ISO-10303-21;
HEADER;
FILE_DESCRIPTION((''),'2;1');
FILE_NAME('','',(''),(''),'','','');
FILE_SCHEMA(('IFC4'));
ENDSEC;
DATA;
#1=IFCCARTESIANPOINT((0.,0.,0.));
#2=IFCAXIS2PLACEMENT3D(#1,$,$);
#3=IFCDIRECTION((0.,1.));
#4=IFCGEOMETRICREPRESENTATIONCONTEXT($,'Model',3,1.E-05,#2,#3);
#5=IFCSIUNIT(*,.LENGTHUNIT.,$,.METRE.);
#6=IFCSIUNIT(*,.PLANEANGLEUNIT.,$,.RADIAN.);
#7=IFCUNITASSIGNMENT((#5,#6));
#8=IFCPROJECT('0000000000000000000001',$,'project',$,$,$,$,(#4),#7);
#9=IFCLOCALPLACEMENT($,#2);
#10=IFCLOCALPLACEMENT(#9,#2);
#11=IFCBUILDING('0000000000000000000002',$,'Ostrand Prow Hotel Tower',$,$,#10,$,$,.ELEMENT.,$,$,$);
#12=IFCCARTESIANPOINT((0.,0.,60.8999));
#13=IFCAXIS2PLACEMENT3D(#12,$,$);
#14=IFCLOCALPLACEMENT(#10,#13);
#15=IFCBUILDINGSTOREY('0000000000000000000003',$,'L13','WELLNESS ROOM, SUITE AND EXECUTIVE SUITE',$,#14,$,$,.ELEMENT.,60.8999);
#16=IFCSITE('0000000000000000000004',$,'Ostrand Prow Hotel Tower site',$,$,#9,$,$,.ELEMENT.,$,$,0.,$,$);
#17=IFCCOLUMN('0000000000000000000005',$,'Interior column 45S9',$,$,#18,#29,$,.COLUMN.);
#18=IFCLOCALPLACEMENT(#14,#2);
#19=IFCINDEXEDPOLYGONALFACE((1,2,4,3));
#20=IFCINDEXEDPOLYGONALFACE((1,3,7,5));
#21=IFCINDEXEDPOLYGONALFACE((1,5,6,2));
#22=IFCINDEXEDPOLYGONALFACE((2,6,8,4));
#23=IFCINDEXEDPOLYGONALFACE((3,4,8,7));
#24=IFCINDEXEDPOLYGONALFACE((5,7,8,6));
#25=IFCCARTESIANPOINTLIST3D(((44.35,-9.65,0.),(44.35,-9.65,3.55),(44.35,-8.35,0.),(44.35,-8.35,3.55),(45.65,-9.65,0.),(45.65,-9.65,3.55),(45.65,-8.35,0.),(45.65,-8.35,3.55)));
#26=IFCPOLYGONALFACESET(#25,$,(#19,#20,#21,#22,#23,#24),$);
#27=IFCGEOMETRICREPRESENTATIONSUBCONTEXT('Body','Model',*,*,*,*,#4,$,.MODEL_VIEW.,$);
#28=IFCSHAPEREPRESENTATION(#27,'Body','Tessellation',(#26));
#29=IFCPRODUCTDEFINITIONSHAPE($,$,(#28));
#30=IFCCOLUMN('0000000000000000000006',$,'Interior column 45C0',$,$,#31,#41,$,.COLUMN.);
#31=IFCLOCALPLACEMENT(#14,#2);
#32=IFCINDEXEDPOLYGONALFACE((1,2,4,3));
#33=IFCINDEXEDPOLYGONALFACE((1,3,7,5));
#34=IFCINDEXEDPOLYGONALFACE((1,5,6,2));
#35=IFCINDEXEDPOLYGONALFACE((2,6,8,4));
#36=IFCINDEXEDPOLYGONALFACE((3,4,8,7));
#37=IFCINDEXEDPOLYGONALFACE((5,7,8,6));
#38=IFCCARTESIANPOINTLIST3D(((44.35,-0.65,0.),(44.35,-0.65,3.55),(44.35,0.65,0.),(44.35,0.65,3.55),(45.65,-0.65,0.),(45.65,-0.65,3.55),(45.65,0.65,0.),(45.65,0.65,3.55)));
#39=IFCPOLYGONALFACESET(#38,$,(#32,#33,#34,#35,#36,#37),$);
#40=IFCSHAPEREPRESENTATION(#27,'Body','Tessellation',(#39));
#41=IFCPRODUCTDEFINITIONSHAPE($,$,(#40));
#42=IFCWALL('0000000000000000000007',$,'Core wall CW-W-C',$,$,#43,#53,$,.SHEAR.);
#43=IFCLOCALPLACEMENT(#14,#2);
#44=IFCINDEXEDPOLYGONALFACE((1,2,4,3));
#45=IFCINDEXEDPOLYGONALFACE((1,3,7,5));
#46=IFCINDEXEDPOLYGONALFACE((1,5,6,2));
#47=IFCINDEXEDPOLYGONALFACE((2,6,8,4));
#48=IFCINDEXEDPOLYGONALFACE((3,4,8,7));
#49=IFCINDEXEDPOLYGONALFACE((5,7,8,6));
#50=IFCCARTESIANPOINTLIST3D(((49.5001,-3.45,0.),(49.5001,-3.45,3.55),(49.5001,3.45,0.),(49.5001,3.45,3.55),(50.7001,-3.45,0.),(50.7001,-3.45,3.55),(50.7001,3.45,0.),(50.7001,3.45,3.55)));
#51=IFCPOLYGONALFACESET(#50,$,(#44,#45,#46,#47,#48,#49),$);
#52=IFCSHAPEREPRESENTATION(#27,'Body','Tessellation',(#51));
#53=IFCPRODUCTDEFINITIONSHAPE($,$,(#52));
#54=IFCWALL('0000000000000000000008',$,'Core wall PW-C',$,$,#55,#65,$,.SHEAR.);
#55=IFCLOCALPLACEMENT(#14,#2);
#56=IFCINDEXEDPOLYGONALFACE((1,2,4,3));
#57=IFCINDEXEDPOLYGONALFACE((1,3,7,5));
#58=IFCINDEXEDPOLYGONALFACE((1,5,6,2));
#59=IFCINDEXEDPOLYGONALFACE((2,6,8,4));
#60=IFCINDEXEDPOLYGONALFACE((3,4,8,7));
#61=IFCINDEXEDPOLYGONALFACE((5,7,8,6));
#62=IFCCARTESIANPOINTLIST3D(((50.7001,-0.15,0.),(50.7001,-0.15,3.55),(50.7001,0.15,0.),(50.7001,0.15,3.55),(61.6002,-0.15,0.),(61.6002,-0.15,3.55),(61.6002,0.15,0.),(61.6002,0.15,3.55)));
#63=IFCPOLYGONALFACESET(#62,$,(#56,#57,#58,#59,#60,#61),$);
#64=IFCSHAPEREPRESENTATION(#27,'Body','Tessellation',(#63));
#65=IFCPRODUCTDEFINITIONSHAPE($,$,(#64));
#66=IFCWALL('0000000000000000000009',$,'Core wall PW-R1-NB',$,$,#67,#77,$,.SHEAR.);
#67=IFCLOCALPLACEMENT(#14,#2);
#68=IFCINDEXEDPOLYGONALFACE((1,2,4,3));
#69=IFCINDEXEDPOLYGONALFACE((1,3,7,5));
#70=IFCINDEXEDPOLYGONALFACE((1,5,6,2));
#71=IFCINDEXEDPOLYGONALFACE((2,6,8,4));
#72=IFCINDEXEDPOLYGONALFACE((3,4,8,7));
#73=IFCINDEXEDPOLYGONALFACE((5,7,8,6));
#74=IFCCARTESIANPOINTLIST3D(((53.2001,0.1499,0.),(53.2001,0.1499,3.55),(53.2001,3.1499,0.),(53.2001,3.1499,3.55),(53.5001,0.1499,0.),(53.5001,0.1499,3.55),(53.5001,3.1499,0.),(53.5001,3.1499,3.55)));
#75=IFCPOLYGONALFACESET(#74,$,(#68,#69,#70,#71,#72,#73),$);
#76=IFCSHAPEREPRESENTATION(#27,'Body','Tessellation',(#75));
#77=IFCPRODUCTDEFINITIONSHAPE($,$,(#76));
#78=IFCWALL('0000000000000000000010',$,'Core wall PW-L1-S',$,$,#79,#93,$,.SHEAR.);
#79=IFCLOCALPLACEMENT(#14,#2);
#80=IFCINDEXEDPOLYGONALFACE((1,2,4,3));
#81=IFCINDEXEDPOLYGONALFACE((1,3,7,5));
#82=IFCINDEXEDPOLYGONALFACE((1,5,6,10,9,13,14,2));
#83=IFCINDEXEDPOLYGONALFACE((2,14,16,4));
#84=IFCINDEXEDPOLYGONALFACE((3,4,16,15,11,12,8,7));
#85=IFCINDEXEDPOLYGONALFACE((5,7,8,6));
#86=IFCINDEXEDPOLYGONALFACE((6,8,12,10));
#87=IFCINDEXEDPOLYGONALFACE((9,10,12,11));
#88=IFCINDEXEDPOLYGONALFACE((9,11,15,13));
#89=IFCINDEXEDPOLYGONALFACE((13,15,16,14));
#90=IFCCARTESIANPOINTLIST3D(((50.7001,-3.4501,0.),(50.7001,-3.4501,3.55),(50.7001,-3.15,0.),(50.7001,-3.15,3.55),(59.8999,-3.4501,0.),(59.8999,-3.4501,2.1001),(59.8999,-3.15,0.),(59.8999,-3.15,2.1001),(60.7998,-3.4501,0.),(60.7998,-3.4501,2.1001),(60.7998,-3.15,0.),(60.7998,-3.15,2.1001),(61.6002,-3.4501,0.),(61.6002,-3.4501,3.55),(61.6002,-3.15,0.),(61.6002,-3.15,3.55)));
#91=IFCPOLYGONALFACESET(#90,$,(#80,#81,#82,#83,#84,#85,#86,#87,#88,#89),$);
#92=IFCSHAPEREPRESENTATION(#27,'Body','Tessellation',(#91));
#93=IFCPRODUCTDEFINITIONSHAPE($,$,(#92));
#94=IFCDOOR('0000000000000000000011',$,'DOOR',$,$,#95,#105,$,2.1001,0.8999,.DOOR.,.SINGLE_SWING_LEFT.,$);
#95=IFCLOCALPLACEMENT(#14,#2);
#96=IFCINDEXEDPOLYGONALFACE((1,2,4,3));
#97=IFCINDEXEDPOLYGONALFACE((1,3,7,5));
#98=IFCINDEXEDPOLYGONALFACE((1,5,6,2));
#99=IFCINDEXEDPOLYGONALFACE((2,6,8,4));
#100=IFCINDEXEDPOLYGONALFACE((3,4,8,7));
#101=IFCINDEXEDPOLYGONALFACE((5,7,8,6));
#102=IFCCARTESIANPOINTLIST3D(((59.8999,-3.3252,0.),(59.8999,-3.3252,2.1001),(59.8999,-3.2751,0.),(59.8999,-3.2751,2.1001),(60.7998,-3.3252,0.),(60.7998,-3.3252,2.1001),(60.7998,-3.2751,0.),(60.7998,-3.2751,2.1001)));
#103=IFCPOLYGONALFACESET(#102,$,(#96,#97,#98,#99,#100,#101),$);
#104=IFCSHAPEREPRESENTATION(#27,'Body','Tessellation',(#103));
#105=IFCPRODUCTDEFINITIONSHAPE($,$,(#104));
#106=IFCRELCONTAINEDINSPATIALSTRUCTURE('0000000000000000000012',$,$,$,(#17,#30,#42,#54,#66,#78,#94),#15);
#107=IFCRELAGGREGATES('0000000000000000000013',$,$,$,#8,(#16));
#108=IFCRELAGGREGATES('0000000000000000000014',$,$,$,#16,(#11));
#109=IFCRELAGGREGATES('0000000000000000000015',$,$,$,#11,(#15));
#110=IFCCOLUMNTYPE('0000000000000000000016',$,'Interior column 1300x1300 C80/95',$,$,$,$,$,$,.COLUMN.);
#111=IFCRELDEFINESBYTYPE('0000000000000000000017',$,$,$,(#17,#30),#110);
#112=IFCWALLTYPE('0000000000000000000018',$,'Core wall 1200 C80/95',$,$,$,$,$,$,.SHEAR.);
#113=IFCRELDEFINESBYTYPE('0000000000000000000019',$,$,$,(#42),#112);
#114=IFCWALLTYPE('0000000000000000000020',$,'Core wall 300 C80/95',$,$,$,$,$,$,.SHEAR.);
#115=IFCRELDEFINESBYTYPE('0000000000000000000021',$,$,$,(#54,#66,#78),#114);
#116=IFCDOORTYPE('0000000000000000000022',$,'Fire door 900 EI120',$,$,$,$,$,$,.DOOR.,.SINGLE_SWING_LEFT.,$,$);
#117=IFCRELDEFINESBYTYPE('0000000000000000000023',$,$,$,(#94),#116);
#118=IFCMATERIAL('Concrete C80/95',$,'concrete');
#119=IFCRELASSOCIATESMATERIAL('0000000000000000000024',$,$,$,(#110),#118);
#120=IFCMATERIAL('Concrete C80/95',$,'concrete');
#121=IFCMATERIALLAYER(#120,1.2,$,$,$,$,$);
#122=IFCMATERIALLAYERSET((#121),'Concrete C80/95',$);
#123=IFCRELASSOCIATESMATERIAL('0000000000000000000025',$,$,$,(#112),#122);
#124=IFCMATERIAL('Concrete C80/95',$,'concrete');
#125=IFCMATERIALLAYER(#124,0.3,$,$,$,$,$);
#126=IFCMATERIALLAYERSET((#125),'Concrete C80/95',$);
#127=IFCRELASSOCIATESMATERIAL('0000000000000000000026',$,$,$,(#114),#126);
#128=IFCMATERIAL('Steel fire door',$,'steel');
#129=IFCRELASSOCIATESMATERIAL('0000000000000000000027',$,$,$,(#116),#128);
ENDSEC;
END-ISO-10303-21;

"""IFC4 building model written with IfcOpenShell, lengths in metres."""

from ifc_helpers import new_model, si_unit, direction, frame, frame_2d, origin, origin_2d, place, context, subcontext, project, spatial, rectangle, extrude, material, layer, layer_set, material_profile, profile_set, type_object, element, fill, save


model = new_model("IFC4")

# Units and contexts
model_context = context("Model", 3, precision=1e-05, world=origin(), true_north=direction((0.0, 1.0)))
body_context = subcontext(model_context, "Body", "Model", "MODEL_VIEW")
ifc_project = project(units=[si_unit("LENGTHUNIT", "METRE"), si_unit("PLANEANGLEUNIT", "RADIAN")], contexts=[model_context])

# Site, building, storey
site_placement = place(None, origin())
site = spatial("IfcSite", under=ifc_project, at=site_placement, Name="Ostrand Prow Hotel Tower site", CompositionType="ELEMENT", RefElevation=0.0)
building_placement = place(site_placement, origin())
building = spatial("IfcBuilding", under=site, at=building_placement, Name="Ostrand Prow Hotel Tower", CompositionType="ELEMENT")
storey_placement = place(building_placement, frame((0.0, 0.0, 60.8999)))
storey = spatial("IfcBuildingStorey", under=building, at=storey_placement, Name="L13", Description="WELLNESS ROOM, SUITE AND EXECUTIVE SUITE", CompositionType="ELEMENT", Elevation=60.8999)

# Columns
ifc_material_1 = material(Name="Concrete C80/95", Category="concrete")
ifc_material_profile = material_profile(ifc_material_1, rectangle(XDim=1.3, YDim=1.3, at=origin_2d()), Name="RC 1300x1300")
ifc_profile_set = profile_set([ifc_material_profile], Name="Concrete C80/95")
column_type = type_object("IfcColumnType", Name="Interior column 1300x1300 C80/95", PredefinedType="COLUMN", material=ifc_profile_set)
for number, where, z_axis, x_axis, name in (
    (1, (45.0, -9.0, 0.0), (0.0, 0.0, 1.0), (1.0, 0.0, 0.0), "Interior column 45S9"),
    (2, (45.0, 0.0, 0.0), (0.0, 0.0, 1.0), (1.0, 0.0, 0.0), "Interior column 45C0"),
):
    element("IfcColumn", number, at=place(storey_placement, frame(where, z_axis=z_axis, x_axis=x_axis)), inside=storey, type_object=column_type, Name=name, PredefinedType="COLUMN", context=body_context, shape_type="SweptSolid", body=[
        extrude(rectangle(XDim=1.3, YDim=1.3, at=origin_2d()), origin(), (0.0, 0.0, 1.0), 3.55),
    ])

# Walls
ifc_material_2 = material(Name="Concrete C80/95", Category="concrete")
ifc_layer_1 = layer(ifc_material_2, 1.2)
ifc_layer_set_1 = layer_set([ifc_layer_1], Name="Concrete C80/95")
wall_type_1 = type_object("IfcWallType", Name="Core wall 1200 C80/95", PredefinedType="SHEAR", material=ifc_layer_set_1)
wall_1_placement = place(storey_placement, frame((50.1001, -3.45, 0.0), z_axis=(0.0, 0.0, 1.0), x_axis=(0.0, 1.0, 0.0)))
element("IfcWall", 3, at=wall_1_placement, inside=storey, type_object=wall_type_1, Name="Core wall CW-W-C", PredefinedType="SHEAR", context=body_context, shape_type="SweptSolid", body=[
    extrude(rectangle(XDim=6.8999, YDim=1.2, at=frame_2d((3.45, 0.0))), origin(), (0.0, 0.0, 1.0), 3.55),
])
ifc_material_3 = material(Name="Concrete C80/95", Category="concrete")
ifc_layer_2 = layer(ifc_material_3, 0.3)
ifc_layer_set_2 = layer_set([ifc_layer_2], Name="Concrete C80/95")
wall_type_2 = type_object("IfcWallType", Name="Core wall 300 C80/95", PredefinedType="SHEAR", material=ifc_layer_set_2)
wall_2_placement = place(storey_placement, frame((50.7, 0.0, 0.0), z_axis=(0.0, 0.0, 1.0), x_axis=(1.0, 0.0, 0.0)))
element("IfcWall", 4, at=wall_2_placement, inside=storey, type_object=wall_type_2, Name="Core wall PW-C", PredefinedType="SHEAR", context=body_context, shape_type="SweptSolid", body=[
    extrude(rectangle(XDim=10.9001, YDim=0.3, at=frame_2d((5.4502, 0.0))), origin(), (0.0, 0.0, 1.0), 3.55),
])
wall_3_placement = place(storey_placement, frame((53.3501, 0.1499, 0.0), z_axis=(0.0, 0.0, 1.0), x_axis=(0.0, 1.0, 0.0)))
element("IfcWall", 5, at=wall_3_placement, inside=storey, type_object=wall_type_2, Name="Core wall PW-R1-NB", PredefinedType="SHEAR", context=body_context, shape_type="SweptSolid", body=[
    extrude(rectangle(XDim=3.0, YDim=0.3, at=frame_2d((1.5, 0.0))), origin(), (0.0, 0.0, 1.0), 3.55),
])

# Wall, opening, door
wall_4_placement = place(storey_placement, frame((50.7, -3.3, 0.0), z_axis=(0.0, 0.0, 1.0), x_axis=(1.0, 0.0, 0.0)))
wall_4 = element("IfcWall", 6, at=wall_4_placement, inside=storey, type_object=wall_type_2, Name="Core wall PW-L1-S", PredefinedType="SHEAR", context=body_context, shape_type="SweptSolid", body=[
    extrude(rectangle(XDim=10.9001, YDim=0.3, at=frame_2d((5.4502, 0.0))), origin(), (0.0, 0.0, 1.0), 3.55),
])
opening_1_placement = place(wall_4_placement, frame((9.2, 0.0, 0.0)))
opening_1 = element("IfcOpeningElement", 7, at=opening_1_placement, cuts=wall_4, PredefinedType="OPENING", context=body_context, shape_type="SweptSolid", body=[
    extrude(rectangle(XDim=0.8999, YDim=2.1001, at=frame_2d((0.45, 1.05))), frame((0.0, 0.1599, 0.0), z_axis=(0.0, -1.0, 0.0), x_axis=(1.0, 0.0, 0.0)), (0.0, 0.0, 1.0), 0.3201),
])
ifc_material_4 = material(Name="Steel fire door", Category="steel")
door_type_1 = type_object("IfcDoorType", Name="Fire door 900 EI120", OperationType="SINGLE_SWING_LEFT", PredefinedType="DOOR", material=ifc_material_4)
door_1_placement = place(opening_1_placement, origin())
door_1 = element("IfcDoor", 8, at=door_1_placement, inside=storey, type_object=door_type_1, Name="DOOR", OperationType="SINGLE_SWING_LEFT", OverallHeight=2.1001, OverallWidth=0.8999, PredefinedType="DOOR", context=body_context, shape_type="SweptSolid", body=[
    extrude(rectangle(XDim=0.8999, YDim=2.1001, at=frame_2d((0.45, 1.05))), frame((0.0, 0.0249, 0.0), z_axis=(0.0, -1.0, 0.0), x_axis=(1.0, 0.0, 0.0)), (0.0, 0.0, 1.0), 0.05),
])
fill(opening_1, door_1)

save(model, "model.ifc")
